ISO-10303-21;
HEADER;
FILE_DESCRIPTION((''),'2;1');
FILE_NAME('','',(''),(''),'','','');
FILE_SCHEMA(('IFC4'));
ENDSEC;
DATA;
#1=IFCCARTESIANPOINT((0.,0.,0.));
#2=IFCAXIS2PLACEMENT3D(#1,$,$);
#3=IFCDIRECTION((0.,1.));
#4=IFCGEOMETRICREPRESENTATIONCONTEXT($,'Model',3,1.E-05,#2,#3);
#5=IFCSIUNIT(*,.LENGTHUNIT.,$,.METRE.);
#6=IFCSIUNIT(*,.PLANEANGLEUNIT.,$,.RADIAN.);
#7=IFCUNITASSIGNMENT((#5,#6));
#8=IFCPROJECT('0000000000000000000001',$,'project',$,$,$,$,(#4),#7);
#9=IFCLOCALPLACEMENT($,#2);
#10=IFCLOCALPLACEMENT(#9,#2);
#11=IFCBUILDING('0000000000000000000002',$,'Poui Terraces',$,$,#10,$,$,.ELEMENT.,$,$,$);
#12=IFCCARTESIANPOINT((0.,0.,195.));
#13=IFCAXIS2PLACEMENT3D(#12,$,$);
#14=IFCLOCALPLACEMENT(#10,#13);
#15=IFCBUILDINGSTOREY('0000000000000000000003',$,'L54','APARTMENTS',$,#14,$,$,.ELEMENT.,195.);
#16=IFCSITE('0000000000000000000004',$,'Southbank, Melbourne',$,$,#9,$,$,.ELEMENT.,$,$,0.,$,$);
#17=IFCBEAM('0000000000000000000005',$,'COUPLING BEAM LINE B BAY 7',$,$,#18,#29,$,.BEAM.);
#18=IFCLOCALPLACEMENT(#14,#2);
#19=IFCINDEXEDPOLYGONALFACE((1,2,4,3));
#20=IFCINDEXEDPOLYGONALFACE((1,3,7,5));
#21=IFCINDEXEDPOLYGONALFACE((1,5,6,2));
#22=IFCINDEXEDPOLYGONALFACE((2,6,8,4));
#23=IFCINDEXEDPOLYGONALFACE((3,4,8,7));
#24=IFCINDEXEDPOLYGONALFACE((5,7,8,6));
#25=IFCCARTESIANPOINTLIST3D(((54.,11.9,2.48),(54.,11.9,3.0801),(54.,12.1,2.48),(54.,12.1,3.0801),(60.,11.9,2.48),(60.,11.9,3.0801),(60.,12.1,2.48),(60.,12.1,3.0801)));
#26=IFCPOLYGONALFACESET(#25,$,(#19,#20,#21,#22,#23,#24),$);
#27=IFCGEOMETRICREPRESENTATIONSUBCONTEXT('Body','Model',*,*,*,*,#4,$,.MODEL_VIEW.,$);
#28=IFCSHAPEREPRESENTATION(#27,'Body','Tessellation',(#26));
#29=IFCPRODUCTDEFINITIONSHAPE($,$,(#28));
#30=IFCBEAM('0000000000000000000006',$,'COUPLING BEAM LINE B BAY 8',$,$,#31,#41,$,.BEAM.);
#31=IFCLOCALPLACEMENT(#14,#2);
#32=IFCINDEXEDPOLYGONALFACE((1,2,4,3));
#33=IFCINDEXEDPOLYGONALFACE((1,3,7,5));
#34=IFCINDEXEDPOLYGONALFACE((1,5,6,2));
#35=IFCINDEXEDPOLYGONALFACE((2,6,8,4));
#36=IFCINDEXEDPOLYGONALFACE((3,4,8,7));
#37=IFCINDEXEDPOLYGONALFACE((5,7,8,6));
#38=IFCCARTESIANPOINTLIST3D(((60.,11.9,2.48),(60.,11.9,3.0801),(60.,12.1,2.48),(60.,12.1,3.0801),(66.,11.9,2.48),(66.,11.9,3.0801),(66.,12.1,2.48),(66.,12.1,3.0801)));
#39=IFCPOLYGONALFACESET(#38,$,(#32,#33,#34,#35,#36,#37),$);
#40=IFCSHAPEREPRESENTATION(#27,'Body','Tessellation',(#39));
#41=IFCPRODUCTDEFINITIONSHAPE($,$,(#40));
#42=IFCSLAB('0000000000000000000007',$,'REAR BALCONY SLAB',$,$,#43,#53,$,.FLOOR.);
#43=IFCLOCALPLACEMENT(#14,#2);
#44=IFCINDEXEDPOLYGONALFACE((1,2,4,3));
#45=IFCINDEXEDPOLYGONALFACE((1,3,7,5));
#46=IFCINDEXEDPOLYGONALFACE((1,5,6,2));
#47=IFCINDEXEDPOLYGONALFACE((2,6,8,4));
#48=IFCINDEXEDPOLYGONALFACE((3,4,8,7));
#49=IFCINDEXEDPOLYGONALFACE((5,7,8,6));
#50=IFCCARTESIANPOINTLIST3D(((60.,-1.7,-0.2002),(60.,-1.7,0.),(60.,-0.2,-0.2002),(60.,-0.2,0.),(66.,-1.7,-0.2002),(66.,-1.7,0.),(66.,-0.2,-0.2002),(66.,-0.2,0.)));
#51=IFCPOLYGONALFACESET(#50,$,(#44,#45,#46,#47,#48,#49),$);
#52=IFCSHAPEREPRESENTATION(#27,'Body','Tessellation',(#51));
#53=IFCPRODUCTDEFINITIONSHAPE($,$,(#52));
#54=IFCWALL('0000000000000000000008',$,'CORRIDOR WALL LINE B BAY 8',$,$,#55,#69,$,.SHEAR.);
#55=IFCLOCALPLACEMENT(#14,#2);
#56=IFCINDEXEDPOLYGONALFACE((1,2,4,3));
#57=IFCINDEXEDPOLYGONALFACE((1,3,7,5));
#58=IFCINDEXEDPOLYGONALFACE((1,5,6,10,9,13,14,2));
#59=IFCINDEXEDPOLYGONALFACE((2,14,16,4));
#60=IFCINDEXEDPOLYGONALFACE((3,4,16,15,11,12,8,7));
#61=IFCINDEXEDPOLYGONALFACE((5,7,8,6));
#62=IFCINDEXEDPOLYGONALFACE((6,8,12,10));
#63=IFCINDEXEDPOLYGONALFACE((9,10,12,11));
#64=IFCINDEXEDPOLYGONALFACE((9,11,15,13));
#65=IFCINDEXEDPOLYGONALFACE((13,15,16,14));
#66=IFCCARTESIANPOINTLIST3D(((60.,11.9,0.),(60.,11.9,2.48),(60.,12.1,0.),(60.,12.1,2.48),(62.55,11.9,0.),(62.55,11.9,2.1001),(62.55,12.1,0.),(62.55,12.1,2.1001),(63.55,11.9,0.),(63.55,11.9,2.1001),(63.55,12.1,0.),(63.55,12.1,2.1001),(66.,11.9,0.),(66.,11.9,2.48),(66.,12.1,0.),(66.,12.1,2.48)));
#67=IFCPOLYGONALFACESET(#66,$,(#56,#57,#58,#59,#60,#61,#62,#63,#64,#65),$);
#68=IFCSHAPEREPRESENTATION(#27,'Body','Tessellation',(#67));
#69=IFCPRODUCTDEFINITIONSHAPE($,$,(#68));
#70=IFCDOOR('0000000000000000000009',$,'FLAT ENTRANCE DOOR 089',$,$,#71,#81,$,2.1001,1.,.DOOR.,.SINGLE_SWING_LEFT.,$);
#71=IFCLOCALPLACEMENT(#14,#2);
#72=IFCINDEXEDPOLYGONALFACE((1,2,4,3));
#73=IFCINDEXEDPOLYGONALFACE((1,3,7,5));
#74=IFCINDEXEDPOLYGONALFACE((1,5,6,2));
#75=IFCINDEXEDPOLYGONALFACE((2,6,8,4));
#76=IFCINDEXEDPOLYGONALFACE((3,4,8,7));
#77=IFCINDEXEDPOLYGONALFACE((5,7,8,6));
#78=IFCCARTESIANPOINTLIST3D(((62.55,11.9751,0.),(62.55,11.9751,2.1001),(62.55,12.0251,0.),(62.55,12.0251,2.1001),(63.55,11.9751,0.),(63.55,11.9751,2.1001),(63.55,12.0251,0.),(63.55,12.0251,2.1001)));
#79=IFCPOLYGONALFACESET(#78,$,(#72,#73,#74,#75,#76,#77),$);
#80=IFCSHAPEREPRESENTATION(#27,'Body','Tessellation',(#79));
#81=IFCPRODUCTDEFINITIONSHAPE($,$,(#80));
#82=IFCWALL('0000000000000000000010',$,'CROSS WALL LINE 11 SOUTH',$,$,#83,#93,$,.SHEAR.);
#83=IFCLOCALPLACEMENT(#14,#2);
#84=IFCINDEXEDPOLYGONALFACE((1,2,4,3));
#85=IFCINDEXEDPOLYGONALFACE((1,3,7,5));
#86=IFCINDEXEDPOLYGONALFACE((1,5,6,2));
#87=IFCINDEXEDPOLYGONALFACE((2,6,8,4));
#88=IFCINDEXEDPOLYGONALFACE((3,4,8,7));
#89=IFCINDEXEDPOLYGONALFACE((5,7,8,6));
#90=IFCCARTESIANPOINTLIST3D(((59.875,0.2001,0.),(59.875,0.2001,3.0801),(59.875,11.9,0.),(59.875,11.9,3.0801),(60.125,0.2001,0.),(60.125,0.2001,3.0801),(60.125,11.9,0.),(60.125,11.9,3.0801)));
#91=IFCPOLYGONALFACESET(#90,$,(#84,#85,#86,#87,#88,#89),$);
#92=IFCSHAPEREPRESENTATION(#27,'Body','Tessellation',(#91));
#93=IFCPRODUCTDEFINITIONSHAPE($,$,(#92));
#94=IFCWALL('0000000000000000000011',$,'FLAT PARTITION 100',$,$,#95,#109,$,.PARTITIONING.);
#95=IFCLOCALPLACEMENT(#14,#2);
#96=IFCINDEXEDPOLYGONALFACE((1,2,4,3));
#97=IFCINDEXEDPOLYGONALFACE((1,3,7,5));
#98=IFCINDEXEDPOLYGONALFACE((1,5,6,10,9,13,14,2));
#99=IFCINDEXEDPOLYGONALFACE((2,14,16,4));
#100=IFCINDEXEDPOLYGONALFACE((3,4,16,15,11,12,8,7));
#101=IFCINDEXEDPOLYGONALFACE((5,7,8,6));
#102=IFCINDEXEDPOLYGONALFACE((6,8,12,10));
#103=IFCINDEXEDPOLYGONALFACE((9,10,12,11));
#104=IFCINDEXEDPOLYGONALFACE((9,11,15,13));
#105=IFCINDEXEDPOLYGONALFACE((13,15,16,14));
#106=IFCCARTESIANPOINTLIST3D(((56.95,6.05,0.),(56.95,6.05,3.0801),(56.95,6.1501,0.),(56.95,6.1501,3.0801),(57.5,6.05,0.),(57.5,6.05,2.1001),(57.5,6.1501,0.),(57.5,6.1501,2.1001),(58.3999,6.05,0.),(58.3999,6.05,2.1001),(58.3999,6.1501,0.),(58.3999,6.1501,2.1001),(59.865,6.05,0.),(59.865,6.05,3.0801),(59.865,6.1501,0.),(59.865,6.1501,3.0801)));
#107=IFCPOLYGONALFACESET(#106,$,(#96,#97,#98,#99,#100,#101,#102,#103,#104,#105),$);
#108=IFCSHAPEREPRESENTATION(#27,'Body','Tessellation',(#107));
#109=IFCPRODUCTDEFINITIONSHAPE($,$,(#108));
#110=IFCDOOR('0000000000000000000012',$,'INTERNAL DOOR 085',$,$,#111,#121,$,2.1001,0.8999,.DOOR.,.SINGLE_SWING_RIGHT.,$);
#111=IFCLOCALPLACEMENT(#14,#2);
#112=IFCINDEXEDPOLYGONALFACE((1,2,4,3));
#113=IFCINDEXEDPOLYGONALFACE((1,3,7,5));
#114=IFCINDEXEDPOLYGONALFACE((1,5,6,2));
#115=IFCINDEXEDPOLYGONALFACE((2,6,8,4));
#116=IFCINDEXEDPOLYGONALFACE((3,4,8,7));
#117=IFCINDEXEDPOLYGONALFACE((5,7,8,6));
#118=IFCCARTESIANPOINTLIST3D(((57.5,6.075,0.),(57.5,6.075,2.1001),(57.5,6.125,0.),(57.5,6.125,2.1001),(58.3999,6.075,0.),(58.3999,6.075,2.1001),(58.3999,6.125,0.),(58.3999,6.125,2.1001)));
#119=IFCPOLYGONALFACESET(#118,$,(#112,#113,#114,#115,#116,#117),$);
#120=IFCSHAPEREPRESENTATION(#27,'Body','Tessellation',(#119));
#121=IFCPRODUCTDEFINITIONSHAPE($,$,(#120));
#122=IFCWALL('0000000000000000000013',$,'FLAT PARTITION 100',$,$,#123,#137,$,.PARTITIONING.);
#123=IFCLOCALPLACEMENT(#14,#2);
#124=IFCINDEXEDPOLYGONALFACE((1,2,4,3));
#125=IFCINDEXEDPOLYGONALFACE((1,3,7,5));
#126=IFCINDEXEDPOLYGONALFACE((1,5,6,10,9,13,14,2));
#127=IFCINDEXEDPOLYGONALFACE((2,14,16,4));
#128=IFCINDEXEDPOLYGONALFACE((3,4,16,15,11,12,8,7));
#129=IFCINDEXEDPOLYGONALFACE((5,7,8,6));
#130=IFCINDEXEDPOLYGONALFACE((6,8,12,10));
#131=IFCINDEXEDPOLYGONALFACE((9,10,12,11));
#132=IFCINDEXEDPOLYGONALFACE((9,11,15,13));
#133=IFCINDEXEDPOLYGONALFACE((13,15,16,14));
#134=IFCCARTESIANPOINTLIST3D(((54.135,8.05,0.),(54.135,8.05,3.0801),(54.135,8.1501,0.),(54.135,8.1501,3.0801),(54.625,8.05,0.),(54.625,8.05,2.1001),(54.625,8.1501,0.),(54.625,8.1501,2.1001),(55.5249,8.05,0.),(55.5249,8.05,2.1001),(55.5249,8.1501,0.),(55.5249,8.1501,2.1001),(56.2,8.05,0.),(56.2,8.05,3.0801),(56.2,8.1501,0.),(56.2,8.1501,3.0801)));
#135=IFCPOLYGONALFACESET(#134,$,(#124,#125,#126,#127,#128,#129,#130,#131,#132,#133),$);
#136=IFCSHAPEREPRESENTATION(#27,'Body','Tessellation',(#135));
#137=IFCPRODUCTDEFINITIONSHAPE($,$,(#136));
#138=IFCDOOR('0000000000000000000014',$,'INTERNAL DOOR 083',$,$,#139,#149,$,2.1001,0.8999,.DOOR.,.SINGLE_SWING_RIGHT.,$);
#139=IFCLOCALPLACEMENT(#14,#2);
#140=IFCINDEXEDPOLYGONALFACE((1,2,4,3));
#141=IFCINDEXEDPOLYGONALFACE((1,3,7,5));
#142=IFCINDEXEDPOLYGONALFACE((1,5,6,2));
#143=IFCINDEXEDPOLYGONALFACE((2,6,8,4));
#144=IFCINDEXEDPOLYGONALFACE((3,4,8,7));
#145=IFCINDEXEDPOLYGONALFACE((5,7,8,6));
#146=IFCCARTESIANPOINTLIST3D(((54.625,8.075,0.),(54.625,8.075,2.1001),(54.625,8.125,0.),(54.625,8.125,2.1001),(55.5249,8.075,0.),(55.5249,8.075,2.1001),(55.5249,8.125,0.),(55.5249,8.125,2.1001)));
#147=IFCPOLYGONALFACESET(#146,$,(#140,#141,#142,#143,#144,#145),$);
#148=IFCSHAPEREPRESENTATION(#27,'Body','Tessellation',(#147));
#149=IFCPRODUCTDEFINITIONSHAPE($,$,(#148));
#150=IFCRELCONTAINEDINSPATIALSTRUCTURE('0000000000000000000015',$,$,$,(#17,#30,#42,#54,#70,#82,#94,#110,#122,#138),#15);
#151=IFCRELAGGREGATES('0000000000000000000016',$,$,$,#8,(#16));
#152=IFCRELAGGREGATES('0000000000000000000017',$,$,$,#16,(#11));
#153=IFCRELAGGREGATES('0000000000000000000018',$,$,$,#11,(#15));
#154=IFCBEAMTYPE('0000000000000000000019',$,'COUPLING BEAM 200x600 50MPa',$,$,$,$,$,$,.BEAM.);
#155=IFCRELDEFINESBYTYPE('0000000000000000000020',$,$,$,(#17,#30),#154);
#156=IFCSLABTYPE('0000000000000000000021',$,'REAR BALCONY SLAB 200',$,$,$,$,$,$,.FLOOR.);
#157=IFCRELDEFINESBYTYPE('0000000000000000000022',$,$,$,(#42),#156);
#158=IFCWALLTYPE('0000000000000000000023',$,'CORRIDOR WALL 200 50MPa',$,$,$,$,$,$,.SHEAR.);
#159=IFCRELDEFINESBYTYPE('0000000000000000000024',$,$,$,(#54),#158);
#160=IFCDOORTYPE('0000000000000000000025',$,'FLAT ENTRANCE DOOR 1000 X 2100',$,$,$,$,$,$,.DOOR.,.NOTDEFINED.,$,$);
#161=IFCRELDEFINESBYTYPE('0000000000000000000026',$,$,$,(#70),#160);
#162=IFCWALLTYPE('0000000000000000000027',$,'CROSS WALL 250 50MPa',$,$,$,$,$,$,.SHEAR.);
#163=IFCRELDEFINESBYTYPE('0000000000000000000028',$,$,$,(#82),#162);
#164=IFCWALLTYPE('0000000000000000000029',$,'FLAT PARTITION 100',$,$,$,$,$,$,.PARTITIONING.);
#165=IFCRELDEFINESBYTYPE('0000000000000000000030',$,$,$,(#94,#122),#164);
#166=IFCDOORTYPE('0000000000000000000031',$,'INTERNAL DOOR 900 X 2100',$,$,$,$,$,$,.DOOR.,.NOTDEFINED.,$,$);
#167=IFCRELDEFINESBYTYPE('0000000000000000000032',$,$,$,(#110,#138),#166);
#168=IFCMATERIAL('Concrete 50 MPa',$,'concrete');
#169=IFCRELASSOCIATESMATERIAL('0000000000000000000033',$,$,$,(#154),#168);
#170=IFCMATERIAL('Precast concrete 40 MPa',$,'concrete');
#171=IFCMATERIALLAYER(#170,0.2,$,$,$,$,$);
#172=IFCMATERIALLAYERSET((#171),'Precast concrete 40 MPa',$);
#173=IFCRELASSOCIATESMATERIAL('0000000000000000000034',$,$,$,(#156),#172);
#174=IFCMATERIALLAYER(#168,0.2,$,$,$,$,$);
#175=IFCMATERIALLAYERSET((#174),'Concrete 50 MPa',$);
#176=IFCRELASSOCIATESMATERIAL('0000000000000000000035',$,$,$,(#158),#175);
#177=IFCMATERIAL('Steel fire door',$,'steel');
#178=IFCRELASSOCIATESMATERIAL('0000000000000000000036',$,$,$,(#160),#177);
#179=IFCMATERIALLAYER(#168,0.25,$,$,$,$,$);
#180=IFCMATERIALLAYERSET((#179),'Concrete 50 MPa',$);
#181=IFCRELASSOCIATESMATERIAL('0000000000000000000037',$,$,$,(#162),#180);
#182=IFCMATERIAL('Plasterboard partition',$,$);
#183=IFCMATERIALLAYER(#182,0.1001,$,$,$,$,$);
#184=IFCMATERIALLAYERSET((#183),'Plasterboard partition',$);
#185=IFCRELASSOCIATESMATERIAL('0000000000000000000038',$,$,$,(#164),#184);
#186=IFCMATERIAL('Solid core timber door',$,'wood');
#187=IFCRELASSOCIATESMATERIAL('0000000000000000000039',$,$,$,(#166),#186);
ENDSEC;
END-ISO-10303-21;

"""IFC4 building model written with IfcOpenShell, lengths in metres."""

from ifc_helpers import new_model, si_unit, direction, frame, frame_2d, origin, origin_2d, place, context, subcontext, project, spatial, polyline, rectangle, outline, extrude, source, transform, mapped, material, layer, layer_set, material_profile, profile_set, type_object, element, fill, save


model = new_model("IFC4")

# Units and contexts
model_context = context("Model", 3, precision=1e-05, world=origin(), true_north=direction((0.0, 1.0)))
body_context = subcontext(model_context, "Body", "Model", "MODEL_VIEW")
ifc_project = project(units=[si_unit("LENGTHUNIT", "METRE"), si_unit("PLANEANGLEUNIT", "RADIAN")], contexts=[model_context])

# Site, building, storey
site_placement = place(None, origin())
site = spatial("IfcSite", under=ifc_project, at=site_placement, Name="Southbank, Melbourne", CompositionType="ELEMENT", RefElevation=0.0)
building_placement = place(site_placement, origin())
building = spatial("IfcBuilding", under=site, at=building_placement, Name="Poui Terraces", CompositionType="ELEMENT")
storey_placement = place(building_placement, frame((0.0, 0.0, 195.0)))
storey = spatial("IfcBuildingStorey", under=building, at=storey_placement, Name="L54", Description="APARTMENTS", CompositionType="ELEMENT", Elevation=195.0)

# Beams
ifc_material_1 = material(Name="Concrete 50 MPa", Category="concrete")
ifc_material_profile_1 = material_profile(ifc_material_1, rectangle(XDim=0.2, YDim=0.6001, at=origin_2d()), Name="RC 200x600")
ifc_profile_set_1 = profile_set([ifc_material_profile_1], Name="Concrete 50 MPa")
beam_type = type_object("IfcBeamType", Name="COUPLING BEAM 200x600 50MPa", PredefinedType="BEAM", material=ifc_profile_set_1)
shared_shape_1 = source(origin(), body_context, "Body", "SweptSolid", [
    extrude(rectangle(XDim=0.2, YDim=0.6001, at=origin_2d()), origin(), (0.0, 0.0, 1.0), 6.0),
])
for number, where, z_axis, x_axis, name in (
    (1, (54.0, 12.0, 2.78), (1.0, 0.0, 0.0), (0.0, 1.0, 0.0), "COUPLING BEAM LINE B BAY 7"),
    (2, (60.0, 12.0, 2.78), (1.0, 0.0, 0.0), (0.0, 1.0, 0.0), "COUPLING BEAM LINE B BAY 8"),
):
    element("IfcBeam", number, at=place(storey_placement, frame(where, z_axis=z_axis, x_axis=x_axis)), inside=storey, type_object=beam_type, Name=name, PredefinedType="BEAM", context=body_context, shape_type="MappedRepresentation", body=[
        mapped(shared_shape_1, transform((0.0, 0.0, 0.0))),
    ])

# Slab
ifc_material_2 = material(Name="Precast concrete 40 MPa", Category="concrete")
ifc_layer_1 = layer(ifc_material_2, 0.2)
ifc_layer_set_1 = layer_set([ifc_layer_1], Name="Precast concrete 40 MPa")
slab_type = type_object("IfcSlabType", Name="REAR BALCONY SLAB 200", PredefinedType="FLOOR", material=ifc_layer_set_1)
shared_shape_2 = source(origin(), body_context, "Body", "SweptSolid", [
    extrude(outline(polyline([(0.0, 0.0), (6.0, 0.0), (6.0, 1.5), (0.0, 1.5), (0.0, 0.0)])), origin(), (0.0, 0.0, 1.0), 0.2002),
])
slab_placement = place(storey_placement, frame((60.0, -1.7, -0.2002)))
element("IfcSlab", 3, at=slab_placement, inside=storey, type_object=slab_type, Name="REAR BALCONY SLAB", PredefinedType="FLOOR", context=body_context, shape_type="MappedRepresentation", body=[
    mapped(shared_shape_2, transform((0.0, 0.0, 0.0))),
])

# Wall, opening, door
ifc_layer_2 = layer(ifc_material_1, 0.2)
ifc_layer_set_2 = layer_set([ifc_layer_2], Name="Concrete 50 MPa")
wall_type_1 = type_object("IfcWallType", Name="CORRIDOR WALL 200 50MPa", PredefinedType="SHEAR", material=ifc_layer_set_2)
wall_1_placement = place(storey_placement, frame((60.0, 12.0, 0.0), z_axis=(0.0, 0.0, 1.0), x_axis=(1.0, 0.0, 0.0)))
wall_1 = element("IfcWall", 4, at=wall_1_placement, inside=storey, type_object=wall_type_1, Name="CORRIDOR WALL LINE B BAY 8", PredefinedType="SHEAR", context=body_context, shape_type="SweptSolid", body=[
    extrude(rectangle(XDim=6.0, YDim=0.2, at=frame_2d((3.0, 0.0))), origin(), (0.0, 0.0, 1.0), 2.48),
])
opening_1_placement = place(wall_1_placement, frame((2.55, 0.0, 0.0)))
opening_1 = element("IfcOpeningElement", 5, at=opening_1_placement, cuts=wall_1, PredefinedType="OPENING", context=body_context, shape_type="SweptSolid", body=[
    extrude(rectangle(XDim=1.0, YDim=2.1001, at=frame_2d((0.5, 1.05))), frame((0.0, 0.1099, 0.0), z_axis=(0.0, -1.0, 0.0), x_axis=(1.0, 0.0, 0.0)), (0.0, 0.0, 1.0), 0.22),
])
ifc_material_3 = material(Name="Steel fire door", Category="steel")
door_type_1 = type_object("IfcDoorType", Name="FLAT ENTRANCE DOOR 1000 X 2100", OperationType="NOTDEFINED", PredefinedType="DOOR", material=ifc_material_3)
door_1_placement = place(opening_1_placement, frame((1.0, 0.0, 0.0), z_axis=(0.0, 0.0, 1.0), x_axis=(-1.0, 0.0, 0.0)))
door_1 = element("IfcDoor", 6, at=door_1_placement, inside=storey, type_object=door_type_1, Name="FLAT ENTRANCE DOOR 089", OperationType="SINGLE_SWING_LEFT", OverallHeight=2.1001, OverallWidth=1.0, PredefinedType="DOOR", context=body_context, shape_type="SweptSolid", body=[
    extrude(rectangle(XDim=1.0, YDim=2.1001, at=frame_2d((0.5, 1.05))), frame((0.0, 0.0249, 0.0), z_axis=(0.0, -1.0, 0.0), x_axis=(1.0, 0.0, 0.0)), (0.0, 0.0, 1.0), 0.05),
])
fill(opening_1, door_1)

# Wall
ifc_layer_3 = layer(ifc_material_1, 0.25)
ifc_layer_set_3 = layer_set([ifc_layer_3], Name="Concrete 50 MPa")
wall_type_2 = type_object("IfcWallType", Name="CROSS WALL 250 50MPa", PredefinedType="SHEAR", material=ifc_layer_set_3)
wall_2_placement = place(storey_placement, frame((60.0, 0.2, 0.0), z_axis=(0.0, 0.0, 1.0), x_axis=(0.0, 1.0, 0.0)))
element("IfcWall", 7, at=wall_2_placement, inside=storey, type_object=wall_type_2, Name="CROSS WALL LINE 11 SOUTH", PredefinedType="SHEAR", context=body_context, shape_type="SweptSolid", body=[
    extrude(rectangle(XDim=11.7, YDim=0.25, at=frame_2d((5.8501, 0.0))), origin(), (0.0, 0.0, 1.0), 3.0801),
])

# Walls, openings, doors
ifc_material_4 = material(Name="Plasterboard partition")
ifc_layer_4 = layer(ifc_material_4, 0.1001)
ifc_layer_set_4 = layer_set([ifc_layer_4], Name="Plasterboard partition")
wall_type_3 = type_object("IfcWallType", Name="FLAT PARTITION 100", PredefinedType="PARTITIONING", material=ifc_layer_set_4)
wall_3_placement = place(storey_placement, frame((56.95, 6.1001, 0.0), z_axis=(0.0, 0.0, 1.0), x_axis=(1.0, 0.0, 0.0)))
wall_3 = element("IfcWall", 8, at=wall_3_placement, inside=storey, type_object=wall_type_3, Name="FLAT PARTITION 100", PredefinedType="PARTITIONING", context=body_context, shape_type="SweptSolid", body=[
    extrude(rectangle(XDim=2.915, YDim=0.1001, at=frame_2d((1.4575, 0.0))), origin(), (0.0, 0.0, 1.0), 3.0801),
])
opening_2_placement = place(wall_3_placement, frame((0.55, 0.0, 0.0)))
opening_2 = element("IfcOpeningElement", 9, at=opening_2_placement, cuts=wall_3, PredefinedType="OPENING", context=body_context, shape_type="SweptSolid", body=[
    extrude(rectangle(XDim=0.8999, YDim=2.1001, at=frame_2d((0.45, 1.05))), frame((0.0, 0.0601, 0.0), z_axis=(0.0, -1.0, 0.0), x_axis=(1.0, 0.0, 0.0)), (0.0, 0.0, 1.0), 0.1201),
])
ifc_material_5 = material(Name="Solid core timber door", Category="wood")
door_type_2 = type_object("IfcDoorType", Name="INTERNAL DOOR 900 X 2100", OperationType="NOTDEFINED", PredefinedType="DOOR", material=ifc_material_5)
door_2_placement = place(opening_2_placement, origin())
door_2 = element("IfcDoor", 10, at=door_2_placement, inside=storey, type_object=door_type_2, Name="INTERNAL DOOR 085", OperationType="SINGLE_SWING_RIGHT", OverallHeight=2.1001, OverallWidth=0.8999, PredefinedType="DOOR", context=body_context, shape_type="SweptSolid", body=[
    extrude(rectangle(XDim=0.8999, YDim=2.1001, at=frame_2d((0.45, 1.05))), frame((0.0, 0.0249, 0.0), z_axis=(0.0, -1.0, 0.0), x_axis=(1.0, 0.0, 0.0)), (0.0, 0.0, 1.0), 0.05),
])
fill(opening_2, door_2)
wall_4_placement = place(storey_placement, frame((54.135, 8.1001, 0.0), z_axis=(0.0, 0.0, 1.0), x_axis=(1.0, 0.0, 0.0)))
wall_4 = element("IfcWall", 11, at=wall_4_placement, inside=storey, type_object=wall_type_3, Name="FLAT PARTITION 100", PredefinedType="PARTITIONING", context=body_context, shape_type="SweptSolid", body=[
    extrude(rectangle(XDim=2.0649, YDim=0.1001, at=frame_2d((1.0325, 0.0))), origin(), (0.0, 0.0, 1.0), 3.0801),
])
opening_3_placement = place(wall_4_placement, frame((0.49, 0.0, 0.0)))
opening_3 = element("IfcOpeningElement", 12, at=opening_3_placement, cuts=wall_4, PredefinedType="OPENING", context=body_context, shape_type="SweptSolid", body=[
    extrude(rectangle(XDim=0.8999, YDim=2.1001, at=frame_2d((0.45, 1.05))), frame((0.0, 0.0601, 0.0), z_axis=(0.0, -1.0, 0.0), x_axis=(1.0, 0.0, 0.0)), (0.0, 0.0, 1.0), 0.1201),
])
door_3_placement = place(opening_3_placement, origin())
door_3 = element("IfcDoor", 13, at=door_3_placement, inside=storey, type_object=door_type_2, Name="INTERNAL DOOR 083", OperationType="SINGLE_SWING_RIGHT", OverallHeight=2.1001, OverallWidth=0.8999, PredefinedType="DOOR", context=body_context, shape_type="SweptSolid", body=[
    extrude(rectangle(XDim=0.8999, YDim=2.1001, at=frame_2d((0.45, 1.05))), frame((0.0, 0.0249, 0.0), z_axis=(0.0, -1.0, 0.0), x_axis=(1.0, 0.0, 0.0)), (0.0, 0.0, 1.0), 0.05),
])
fill(opening_3, door_3)

save(model, "model.ifc")
